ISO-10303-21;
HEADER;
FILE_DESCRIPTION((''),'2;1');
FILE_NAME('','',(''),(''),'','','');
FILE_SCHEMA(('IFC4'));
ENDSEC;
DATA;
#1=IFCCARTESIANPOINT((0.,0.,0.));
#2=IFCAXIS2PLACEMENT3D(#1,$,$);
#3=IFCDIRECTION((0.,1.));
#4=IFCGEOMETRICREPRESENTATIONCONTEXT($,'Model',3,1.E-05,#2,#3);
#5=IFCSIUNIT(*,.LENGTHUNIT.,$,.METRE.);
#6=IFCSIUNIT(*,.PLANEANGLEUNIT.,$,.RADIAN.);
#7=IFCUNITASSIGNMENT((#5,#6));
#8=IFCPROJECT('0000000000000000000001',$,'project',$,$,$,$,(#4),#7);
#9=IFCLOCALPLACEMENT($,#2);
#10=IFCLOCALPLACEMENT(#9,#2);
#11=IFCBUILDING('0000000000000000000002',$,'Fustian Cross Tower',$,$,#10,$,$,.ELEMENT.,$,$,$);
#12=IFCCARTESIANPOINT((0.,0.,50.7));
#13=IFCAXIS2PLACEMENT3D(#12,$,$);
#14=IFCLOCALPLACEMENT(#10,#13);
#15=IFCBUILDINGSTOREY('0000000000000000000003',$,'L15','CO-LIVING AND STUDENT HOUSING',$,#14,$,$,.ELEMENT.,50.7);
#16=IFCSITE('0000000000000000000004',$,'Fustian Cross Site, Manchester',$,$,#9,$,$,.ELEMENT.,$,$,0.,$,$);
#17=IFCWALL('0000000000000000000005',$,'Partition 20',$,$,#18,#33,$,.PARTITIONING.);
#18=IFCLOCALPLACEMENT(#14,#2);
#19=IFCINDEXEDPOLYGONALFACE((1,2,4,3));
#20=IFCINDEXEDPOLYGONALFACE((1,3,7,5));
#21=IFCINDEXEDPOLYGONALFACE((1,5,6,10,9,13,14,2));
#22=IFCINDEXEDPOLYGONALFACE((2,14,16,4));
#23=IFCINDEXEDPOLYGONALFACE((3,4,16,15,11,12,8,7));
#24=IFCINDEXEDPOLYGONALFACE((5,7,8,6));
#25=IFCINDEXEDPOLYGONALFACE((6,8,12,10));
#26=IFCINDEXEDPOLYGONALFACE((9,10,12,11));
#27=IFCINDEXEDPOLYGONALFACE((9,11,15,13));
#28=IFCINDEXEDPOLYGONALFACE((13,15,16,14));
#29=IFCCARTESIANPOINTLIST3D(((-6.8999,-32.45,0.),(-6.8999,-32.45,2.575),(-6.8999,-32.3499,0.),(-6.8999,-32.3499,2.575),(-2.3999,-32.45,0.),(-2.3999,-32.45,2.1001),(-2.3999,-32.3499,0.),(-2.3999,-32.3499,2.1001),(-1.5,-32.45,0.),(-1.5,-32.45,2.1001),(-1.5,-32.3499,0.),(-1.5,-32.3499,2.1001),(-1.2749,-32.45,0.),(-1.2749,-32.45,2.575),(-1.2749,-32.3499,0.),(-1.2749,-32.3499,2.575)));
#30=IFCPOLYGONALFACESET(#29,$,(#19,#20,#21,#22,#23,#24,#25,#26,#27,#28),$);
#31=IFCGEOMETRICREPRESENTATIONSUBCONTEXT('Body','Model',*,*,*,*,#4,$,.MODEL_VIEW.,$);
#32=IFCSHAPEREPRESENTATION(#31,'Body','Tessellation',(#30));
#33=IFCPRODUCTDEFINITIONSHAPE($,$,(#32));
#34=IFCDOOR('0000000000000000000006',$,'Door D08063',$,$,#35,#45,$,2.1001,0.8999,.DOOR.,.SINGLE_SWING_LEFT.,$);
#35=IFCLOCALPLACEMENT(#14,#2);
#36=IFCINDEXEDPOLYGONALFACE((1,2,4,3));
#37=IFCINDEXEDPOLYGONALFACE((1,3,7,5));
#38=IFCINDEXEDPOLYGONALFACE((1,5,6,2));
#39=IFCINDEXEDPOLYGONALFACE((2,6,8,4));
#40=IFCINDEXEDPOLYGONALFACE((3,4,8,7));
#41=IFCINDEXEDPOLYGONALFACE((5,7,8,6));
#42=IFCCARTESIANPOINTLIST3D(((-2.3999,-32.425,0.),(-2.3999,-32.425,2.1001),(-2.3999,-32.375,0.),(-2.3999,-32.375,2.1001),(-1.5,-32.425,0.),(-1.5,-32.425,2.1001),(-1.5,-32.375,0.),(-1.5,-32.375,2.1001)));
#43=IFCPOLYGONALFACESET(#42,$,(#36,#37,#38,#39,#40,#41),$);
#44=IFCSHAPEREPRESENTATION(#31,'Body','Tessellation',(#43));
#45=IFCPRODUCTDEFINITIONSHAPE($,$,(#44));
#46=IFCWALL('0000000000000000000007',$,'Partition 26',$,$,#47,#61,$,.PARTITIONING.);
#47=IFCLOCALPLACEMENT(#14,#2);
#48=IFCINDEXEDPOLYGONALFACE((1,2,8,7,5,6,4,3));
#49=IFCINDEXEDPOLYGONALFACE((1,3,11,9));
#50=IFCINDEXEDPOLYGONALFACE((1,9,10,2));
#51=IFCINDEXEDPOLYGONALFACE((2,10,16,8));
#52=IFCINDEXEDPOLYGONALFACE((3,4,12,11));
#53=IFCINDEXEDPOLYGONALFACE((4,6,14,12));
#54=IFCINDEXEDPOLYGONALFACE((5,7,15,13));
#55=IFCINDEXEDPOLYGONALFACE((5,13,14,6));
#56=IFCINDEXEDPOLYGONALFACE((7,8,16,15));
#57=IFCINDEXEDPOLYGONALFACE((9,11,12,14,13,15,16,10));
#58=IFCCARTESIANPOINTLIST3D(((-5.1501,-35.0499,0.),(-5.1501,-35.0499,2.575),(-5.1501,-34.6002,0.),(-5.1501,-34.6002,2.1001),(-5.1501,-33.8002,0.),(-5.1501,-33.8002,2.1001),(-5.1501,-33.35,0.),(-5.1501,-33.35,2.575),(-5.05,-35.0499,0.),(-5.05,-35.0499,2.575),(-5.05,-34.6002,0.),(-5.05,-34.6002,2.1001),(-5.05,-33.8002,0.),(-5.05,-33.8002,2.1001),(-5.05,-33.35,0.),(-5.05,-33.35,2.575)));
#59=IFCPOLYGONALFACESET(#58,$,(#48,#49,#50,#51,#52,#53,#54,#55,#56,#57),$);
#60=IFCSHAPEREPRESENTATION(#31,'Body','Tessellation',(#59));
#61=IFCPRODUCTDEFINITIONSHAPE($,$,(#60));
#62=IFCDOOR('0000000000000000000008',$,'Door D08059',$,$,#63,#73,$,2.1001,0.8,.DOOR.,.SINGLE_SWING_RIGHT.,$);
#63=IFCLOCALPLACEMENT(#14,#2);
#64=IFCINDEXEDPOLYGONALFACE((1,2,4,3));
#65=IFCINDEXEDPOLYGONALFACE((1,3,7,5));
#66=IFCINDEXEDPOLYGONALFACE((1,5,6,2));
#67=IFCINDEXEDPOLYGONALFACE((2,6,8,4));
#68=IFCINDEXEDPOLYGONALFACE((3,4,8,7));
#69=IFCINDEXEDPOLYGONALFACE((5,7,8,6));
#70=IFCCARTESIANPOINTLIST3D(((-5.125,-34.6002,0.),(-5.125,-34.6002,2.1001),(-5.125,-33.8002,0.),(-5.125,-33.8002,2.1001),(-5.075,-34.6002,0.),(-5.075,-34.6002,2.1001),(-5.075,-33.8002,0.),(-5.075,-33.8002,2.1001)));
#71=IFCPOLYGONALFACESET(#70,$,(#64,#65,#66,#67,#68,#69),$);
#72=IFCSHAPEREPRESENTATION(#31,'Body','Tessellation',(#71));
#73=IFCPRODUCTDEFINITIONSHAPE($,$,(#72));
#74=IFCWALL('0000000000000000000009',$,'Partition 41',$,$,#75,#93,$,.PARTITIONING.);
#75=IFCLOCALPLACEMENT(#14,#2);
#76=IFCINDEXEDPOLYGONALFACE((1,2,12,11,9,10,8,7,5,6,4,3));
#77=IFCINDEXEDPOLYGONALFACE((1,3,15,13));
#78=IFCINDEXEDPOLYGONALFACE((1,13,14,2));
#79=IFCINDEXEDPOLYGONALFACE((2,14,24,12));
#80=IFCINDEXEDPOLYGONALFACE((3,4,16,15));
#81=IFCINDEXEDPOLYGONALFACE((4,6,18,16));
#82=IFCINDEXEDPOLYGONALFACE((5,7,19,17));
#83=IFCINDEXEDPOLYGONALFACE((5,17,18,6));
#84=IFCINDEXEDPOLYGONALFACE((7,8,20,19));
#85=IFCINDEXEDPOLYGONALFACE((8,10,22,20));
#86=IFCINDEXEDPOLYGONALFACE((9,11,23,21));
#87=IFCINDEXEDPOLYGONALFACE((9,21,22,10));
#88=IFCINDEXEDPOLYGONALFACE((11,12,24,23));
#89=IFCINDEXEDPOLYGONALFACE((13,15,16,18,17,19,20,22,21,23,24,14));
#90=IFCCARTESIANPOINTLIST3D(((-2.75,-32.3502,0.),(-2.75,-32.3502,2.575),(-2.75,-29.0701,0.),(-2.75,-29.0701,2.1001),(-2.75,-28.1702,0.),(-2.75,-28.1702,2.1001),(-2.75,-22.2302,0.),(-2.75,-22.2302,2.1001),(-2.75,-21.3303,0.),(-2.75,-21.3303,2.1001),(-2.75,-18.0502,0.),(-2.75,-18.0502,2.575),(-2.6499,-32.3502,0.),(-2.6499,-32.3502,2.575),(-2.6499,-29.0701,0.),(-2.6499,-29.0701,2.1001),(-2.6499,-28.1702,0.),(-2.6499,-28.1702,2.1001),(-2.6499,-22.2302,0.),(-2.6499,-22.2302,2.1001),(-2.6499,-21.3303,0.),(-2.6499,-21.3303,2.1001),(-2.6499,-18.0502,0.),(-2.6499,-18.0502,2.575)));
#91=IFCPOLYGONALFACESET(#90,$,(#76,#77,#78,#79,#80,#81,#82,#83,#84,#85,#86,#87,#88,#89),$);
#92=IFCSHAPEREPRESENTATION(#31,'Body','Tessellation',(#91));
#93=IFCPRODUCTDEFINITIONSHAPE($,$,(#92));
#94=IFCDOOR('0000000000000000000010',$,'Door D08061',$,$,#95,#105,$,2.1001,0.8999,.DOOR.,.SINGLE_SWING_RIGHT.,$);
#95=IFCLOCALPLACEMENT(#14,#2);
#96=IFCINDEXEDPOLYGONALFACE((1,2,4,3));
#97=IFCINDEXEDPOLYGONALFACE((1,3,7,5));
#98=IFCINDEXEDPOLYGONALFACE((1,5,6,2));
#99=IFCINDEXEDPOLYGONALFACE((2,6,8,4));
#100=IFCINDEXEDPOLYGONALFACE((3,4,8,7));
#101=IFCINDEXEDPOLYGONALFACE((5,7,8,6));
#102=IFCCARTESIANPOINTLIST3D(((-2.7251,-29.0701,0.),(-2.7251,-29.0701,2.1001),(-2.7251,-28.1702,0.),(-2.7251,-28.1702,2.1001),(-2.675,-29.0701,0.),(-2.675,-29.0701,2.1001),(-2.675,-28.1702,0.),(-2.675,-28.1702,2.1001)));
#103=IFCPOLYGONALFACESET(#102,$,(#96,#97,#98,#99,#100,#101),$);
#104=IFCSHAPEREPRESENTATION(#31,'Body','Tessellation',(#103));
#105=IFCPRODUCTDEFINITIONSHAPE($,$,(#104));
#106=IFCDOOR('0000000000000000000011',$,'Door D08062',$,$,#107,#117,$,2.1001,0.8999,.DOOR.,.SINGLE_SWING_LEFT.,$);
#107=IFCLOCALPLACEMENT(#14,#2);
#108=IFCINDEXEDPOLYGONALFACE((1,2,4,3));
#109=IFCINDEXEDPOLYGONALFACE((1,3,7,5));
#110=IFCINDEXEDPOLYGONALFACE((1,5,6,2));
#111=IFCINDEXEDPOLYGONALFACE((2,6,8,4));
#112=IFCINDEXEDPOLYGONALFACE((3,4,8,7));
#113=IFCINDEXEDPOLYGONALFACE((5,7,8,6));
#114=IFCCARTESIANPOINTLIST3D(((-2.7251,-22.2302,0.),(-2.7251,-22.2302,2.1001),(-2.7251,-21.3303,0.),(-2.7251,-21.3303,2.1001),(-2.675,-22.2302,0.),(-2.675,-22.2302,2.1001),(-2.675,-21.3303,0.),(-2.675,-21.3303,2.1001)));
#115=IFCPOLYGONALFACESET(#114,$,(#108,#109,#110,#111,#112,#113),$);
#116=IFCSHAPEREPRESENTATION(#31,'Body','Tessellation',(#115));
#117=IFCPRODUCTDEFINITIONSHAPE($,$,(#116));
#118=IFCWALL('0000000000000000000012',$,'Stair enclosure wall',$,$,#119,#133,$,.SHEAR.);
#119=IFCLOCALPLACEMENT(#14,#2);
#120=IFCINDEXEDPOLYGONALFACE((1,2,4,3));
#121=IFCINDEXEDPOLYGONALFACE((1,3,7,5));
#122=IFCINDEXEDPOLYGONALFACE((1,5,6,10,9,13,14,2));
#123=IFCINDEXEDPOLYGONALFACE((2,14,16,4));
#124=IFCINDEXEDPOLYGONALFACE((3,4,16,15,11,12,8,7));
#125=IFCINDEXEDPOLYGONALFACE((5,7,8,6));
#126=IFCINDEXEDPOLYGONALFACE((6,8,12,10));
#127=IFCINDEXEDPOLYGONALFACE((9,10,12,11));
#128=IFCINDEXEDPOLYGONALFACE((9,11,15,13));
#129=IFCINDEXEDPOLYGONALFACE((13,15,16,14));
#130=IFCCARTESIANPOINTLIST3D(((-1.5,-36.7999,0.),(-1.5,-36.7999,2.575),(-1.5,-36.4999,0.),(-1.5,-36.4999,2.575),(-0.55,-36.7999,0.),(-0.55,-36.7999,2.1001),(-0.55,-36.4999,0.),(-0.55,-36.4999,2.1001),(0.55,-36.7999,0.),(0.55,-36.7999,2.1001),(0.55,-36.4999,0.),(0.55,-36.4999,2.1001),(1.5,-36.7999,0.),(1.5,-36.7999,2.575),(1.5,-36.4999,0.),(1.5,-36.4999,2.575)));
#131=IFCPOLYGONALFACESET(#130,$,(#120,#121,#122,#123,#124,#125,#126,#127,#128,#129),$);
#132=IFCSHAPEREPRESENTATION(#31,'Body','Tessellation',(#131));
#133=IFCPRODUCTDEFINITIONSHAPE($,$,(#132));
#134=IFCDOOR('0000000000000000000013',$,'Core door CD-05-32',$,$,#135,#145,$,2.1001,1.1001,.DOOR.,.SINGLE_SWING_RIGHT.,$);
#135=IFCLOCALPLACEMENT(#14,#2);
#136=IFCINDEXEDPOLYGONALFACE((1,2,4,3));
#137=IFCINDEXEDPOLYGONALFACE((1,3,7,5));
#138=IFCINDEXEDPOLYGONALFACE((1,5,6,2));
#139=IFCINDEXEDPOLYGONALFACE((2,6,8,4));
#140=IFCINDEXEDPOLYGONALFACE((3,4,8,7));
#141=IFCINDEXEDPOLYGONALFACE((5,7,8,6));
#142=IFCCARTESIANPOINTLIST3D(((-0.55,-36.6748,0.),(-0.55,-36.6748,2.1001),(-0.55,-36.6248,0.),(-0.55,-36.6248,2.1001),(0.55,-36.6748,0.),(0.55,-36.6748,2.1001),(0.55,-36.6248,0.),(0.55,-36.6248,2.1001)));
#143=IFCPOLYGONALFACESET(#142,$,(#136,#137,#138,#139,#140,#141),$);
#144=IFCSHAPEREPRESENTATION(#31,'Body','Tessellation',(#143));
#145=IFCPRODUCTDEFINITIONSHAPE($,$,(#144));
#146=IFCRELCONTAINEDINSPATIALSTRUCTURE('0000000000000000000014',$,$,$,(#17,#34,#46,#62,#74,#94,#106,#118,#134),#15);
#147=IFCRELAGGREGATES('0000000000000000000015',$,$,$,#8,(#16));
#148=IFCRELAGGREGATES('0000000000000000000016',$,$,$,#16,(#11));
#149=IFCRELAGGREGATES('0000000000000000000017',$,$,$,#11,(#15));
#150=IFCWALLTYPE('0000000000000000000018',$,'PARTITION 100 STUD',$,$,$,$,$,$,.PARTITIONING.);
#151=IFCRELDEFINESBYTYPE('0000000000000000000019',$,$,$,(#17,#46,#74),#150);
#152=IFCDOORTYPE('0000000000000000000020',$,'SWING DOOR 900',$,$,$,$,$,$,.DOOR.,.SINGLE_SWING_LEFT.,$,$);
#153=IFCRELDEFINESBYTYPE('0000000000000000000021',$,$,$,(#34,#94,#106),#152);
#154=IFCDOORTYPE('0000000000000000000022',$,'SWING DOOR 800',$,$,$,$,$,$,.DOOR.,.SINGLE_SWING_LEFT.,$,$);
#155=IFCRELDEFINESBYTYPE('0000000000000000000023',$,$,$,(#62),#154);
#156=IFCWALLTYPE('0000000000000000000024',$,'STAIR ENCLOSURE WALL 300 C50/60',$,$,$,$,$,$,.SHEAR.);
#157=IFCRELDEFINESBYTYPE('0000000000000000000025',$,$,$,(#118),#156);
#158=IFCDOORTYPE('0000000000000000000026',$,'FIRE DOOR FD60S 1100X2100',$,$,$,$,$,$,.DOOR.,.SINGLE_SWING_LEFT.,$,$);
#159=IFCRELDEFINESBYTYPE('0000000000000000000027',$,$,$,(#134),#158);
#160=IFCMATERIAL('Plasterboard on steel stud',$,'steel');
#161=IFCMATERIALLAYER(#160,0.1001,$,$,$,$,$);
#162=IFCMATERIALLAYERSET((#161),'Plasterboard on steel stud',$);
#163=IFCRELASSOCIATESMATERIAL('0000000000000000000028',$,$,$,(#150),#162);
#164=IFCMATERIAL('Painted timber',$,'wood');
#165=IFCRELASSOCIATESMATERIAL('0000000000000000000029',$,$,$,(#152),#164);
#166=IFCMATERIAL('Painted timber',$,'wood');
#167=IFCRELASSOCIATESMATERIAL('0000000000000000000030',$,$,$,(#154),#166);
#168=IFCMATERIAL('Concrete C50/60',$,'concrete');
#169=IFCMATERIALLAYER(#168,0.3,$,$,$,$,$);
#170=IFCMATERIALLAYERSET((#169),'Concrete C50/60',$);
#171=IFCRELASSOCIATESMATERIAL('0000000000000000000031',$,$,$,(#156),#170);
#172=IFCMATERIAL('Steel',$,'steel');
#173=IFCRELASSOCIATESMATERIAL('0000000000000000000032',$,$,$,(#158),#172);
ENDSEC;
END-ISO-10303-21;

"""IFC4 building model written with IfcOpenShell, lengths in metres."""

from ifc_helpers import new_model, si_unit, direction, frame, frame_2d, origin, place, context, subcontext, project, spatial, rectangle, extrude, material, layer, layer_set, type_object, element, fill, save


model = new_model("IFC4")

# Units and contexts
model_context = context("Model", 3, precision=1e-05, world=origin(), true_north=direction((0.0, 1.0)))
body_context = subcontext(model_context, "Body", "Model", "MODEL_VIEW")
ifc_project = project(units=[si_unit("LENGTHUNIT", "METRE"), si_unit("PLANEANGLEUNIT", "RADIAN")], contexts=[model_context])

# Site, building, storey
site_placement = place(None, origin())
site = spatial("IfcSite", under=ifc_project, at=site_placement, Name="Fustian Cross Site, Manchester", CompositionType="ELEMENT", RefElevation=0.0)
building_placement = place(site_placement, origin())
building = spatial("IfcBuilding", under=site, at=building_placement, Name="Fustian Cross Tower", CompositionType="ELEMENT")
storey_placement = place(building_placement, frame((0.0, 0.0, 50.7)))
storey = spatial("IfcBuildingStorey", under=building, at=storey_placement, Name="L15", Description="CO-LIVING AND STUDENT HOUSING", CompositionType="ELEMENT", Elevation=50.7)

# Shared definitions
ifc_material_1 = material(Name="Plasterboard on steel stud", Category="steel")
ifc_layer_1 = layer(ifc_material_1, 0.1001)
ifc_layer_set_1 = layer_set([ifc_layer_1], Name="Plasterboard on steel stud")
wall_type_1 = type_object("IfcWallType", Name="PARTITION 100 STUD", PredefinedType="PARTITIONING", material=ifc_layer_set_1)

# Walls, openings, doors
wall_1_placement = place(storey_placement, frame((-6.8999, -32.3999, 0.0), z_axis=(0.0, 0.0, 1.0), x_axis=(1.0, 0.0, 0.0)))
wall_1 = element("IfcWall", 1, at=wall_1_placement, inside=storey, type_object=wall_type_1, Name="Partition 20", PredefinedType="PARTITIONING", context=body_context, shape_type="SweptSolid", body=[
    extrude(rectangle(XDim=5.625, YDim=0.1001, at=frame_2d((2.8125, 0.0))), origin(), (0.0, 0.0, 1.0), 2.575),
])
opening_1_placement = place(wall_1_placement, frame((4.5, 0.0, 0.0)))
opening_1 = element("IfcOpeningElement", 2, at=opening_1_placement, cuts=wall_1, PredefinedType="OPENING", context=body_context, shape_type="SweptSolid", body=[
    extrude(rectangle(XDim=0.8999, YDim=2.1001, at=frame_2d((0.45, 1.05))), frame((0.0, 0.0601, 0.0), z_axis=(0.0, -1.0, 0.0), x_axis=(1.0, 0.0, 0.0)), (0.0, 0.0, 1.0), 0.1201),
])
ifc_material_2 = material(Name="Painted timber", Category="wood")
door_type_1 = type_object("IfcDoorType", Name="SWING DOOR 900", OperationType="SINGLE_SWING_LEFT", PredefinedType="DOOR", material=ifc_material_2)
door_1_placement = place(opening_1_placement, origin())
door_1 = element("IfcDoor", 3, at=door_1_placement, inside=storey, type_object=door_type_1, Name="Door D08063", OperationType="SINGLE_SWING_LEFT", OverallHeight=2.1001, OverallWidth=0.8999, PredefinedType="DOOR", context=body_context, shape_type="SweptSolid", body=[
    extrude(rectangle(XDim=0.8999, YDim=2.1001, at=frame_2d((0.45, 1.05))), frame((0.0, 0.0249, 0.0), z_axis=(0.0, -1.0, 0.0), x_axis=(1.0, 0.0, 0.0)), (0.0, 0.0, 1.0), 0.05),
])
fill(opening_1, door_1)
wall_2_placement = place(storey_placement, frame((-5.1001, -35.05, 0.0), z_axis=(0.0, 0.0, 1.0), x_axis=(0.0, 1.0, 0.0)))
wall_2 = element("IfcWall", 4, at=wall_2_placement, inside=storey, type_object=wall_type_1, Name="Partition 26", PredefinedType="PARTITIONING", context=body_context, shape_type="SweptSolid", body=[
    extrude(rectangle(XDim=1.7, YDim=0.1001, at=frame_2d((0.8501, 0.0))), origin(), (0.0, 0.0, 1.0), 2.575),
])
opening_2_placement = place(wall_2_placement, frame((0.45, 0.0, 0.0)))
opening_2 = element("IfcOpeningElement", 5, at=opening_2_placement, cuts=wall_2, PredefinedType="OPENING", context=body_context, shape_type="SweptSolid", body=[
    extrude(rectangle(XDim=0.8, YDim=2.1001, at=frame_2d((0.3999, 1.05))), frame((0.0, 0.0601, 0.0), z_axis=(0.0, -1.0, 0.0), x_axis=(1.0, 0.0, 0.0)), (0.0, 0.0, 1.0), 0.1201),
])
ifc_material_3 = material(Name="Painted timber", Category="wood")
door_type_2 = type_object("IfcDoorType", Name="SWING DOOR 800", OperationType="SINGLE_SWING_LEFT", PredefinedType="DOOR", material=ifc_material_3)
door_2_placement = place(opening_2_placement, origin())
door_2 = element("IfcDoor", 6, at=door_2_placement, inside=storey, type_object=door_type_2, Name="Door D08059", OperationType="SINGLE_SWING_RIGHT", OverallHeight=2.1001, OverallWidth=0.8, PredefinedType="DOOR", context=body_context, shape_type="SweptSolid", body=[
    extrude(rectangle(XDim=0.8, YDim=2.1001, at=frame_2d((0.3999, 1.05))), frame((0.0, 0.0249, 0.0), z_axis=(0.0, -1.0, 0.0), x_axis=(1.0, 0.0, 0.0)), (0.0, 0.0, 1.0), 0.05),
])
fill(opening_2, door_2)

# Wall, openings, doors
wall_3_placement = place(storey_placement, frame((-2.7, -32.3501, 0.0), z_axis=(0.0, 0.0, 1.0), x_axis=(0.0, 1.0, 0.0)))
wall_3 = element("IfcWall", 7, at=wall_3_placement, inside=storey, type_object=wall_type_1, Name="Partition 41", PredefinedType="PARTITIONING", context=body_context, shape_type="SweptSolid", body=[
    extrude(rectangle(XDim=14.3, YDim=0.1001, at=frame_2d((7.1499, 0.0))), origin(), (0.0, 0.0, 1.0), 2.575),
])
opening_3_placement = place(wall_3_placement, frame((3.28, 0.0, 0.0)))
opening_3 = element("IfcOpeningElement", 8, at=opening_3_placement, cuts=wall_3, PredefinedType="OPENING", context=body_context, shape_type="SweptSolid", body=[
    extrude(rectangle(XDim=0.8999, YDim=2.1001, at=frame_2d((0.45, 1.05))), frame((0.0, 0.0601, 0.0), z_axis=(0.0, -1.0, 0.0), x_axis=(1.0, 0.0, 0.0)), (0.0, 0.0, 1.0), 0.1201),
])
opening_4_placement = place(wall_3_placement, frame((10.1199, 0.0, 0.0)))
opening_4 = element("IfcOpeningElement", 9, at=opening_4_placement, cuts=wall_3, PredefinedType="OPENING", context=body_context, shape_type="SweptSolid", body=[
    extrude(rectangle(XDim=0.8999, YDim=2.1001, at=frame_2d((0.45, 1.05))), frame((0.0, 0.0601, 0.0), z_axis=(0.0, -1.0, 0.0), x_axis=(1.0, 0.0, 0.0)), (0.0, 0.0, 1.0), 0.1201),
])
door_3_placement = place(opening_3_placement, frame((0.8999, 0.0, 0.0), z_axis=(0.0, 0.0, 1.0), x_axis=(-1.0, 0.0, 0.0)))
door_3 = element("IfcDoor", 10, at=door_3_placement, inside=storey, type_object=door_type_1, Name="Door D08061", OperationType="SINGLE_SWING_RIGHT", OverallHeight=2.1001, OverallWidth=0.8999, PredefinedType="DOOR", context=body_context, shape_type="SweptSolid", body=[
    extrude(rectangle(XDim=0.8999, YDim=2.1001, at=frame_2d((0.45, 1.05))), frame((0.0, 0.0249, 0.0), z_axis=(0.0, -1.0, 0.0), x_axis=(1.0, 0.0, 0.0)), (0.0, 0.0, 1.0), 0.05),
])
fill(opening_3, door_3)
door_4_placement = place(opening_4_placement, frame((0.8999, 0.0, 0.0), z_axis=(0.0, 0.0, 1.0), x_axis=(-1.0, 0.0, 0.0)))
door_4 = element("IfcDoor", 11, at=door_4_placement, inside=storey, type_object=door_type_1, Name="Door D08062", OperationType="SINGLE_SWING_LEFT", OverallHeight=2.1001, OverallWidth=0.8999, PredefinedType="DOOR", context=body_context, shape_type="SweptSolid", body=[
    extrude(rectangle(XDim=0.8999, YDim=2.1001, at=frame_2d((0.45, 1.05))), frame((0.0, 0.0249, 0.0), z_axis=(0.0, -1.0, 0.0), x_axis=(1.0, 0.0, 0.0)), (0.0, 0.0, 1.0), 0.05),
])
fill(opening_4, door_4)

# Wall, opening, door
ifc_material_4 = material(Name="Concrete C50/60", Category="concrete")
ifc_layer_2 = layer(ifc_material_4, 0.3)
ifc_layer_set_2 = layer_set([ifc_layer_2], Name="Concrete C50/60")
wall_type_2 = type_object("IfcWallType", Name="STAIR ENCLOSURE WALL 300 C50/60", PredefinedType="SHEAR", material=ifc_layer_set_2)
wall_4_placement = place(storey_placement, frame((-1.5, -36.6499, 0.0), z_axis=(0.0, 0.0, 1.0), x_axis=(1.0, 0.0, 0.0)))
wall_4 = element("IfcWall", 12, at=wall_4_placement, inside=storey, type_object=wall_type_2, Name="Stair enclosure wall", PredefinedType="SHEAR", context=body_context, shape_type="SweptSolid", body=[
    extrude(rectangle(XDim=3.0, YDim=0.3, at=frame_2d((1.5, 0.0))), origin(), (0.0, 0.0, 1.0), 2.575),
])
opening_5_placement = place(wall_4_placement, frame((0.95, 0.0, 0.0)))
opening_5 = element("IfcOpeningElement", 13, at=opening_5_placement, cuts=wall_4, PredefinedType="OPENING", context=body_context, shape_type="SweptSolid", body=[
    extrude(rectangle(XDim=1.1001, YDim=2.1001, at=frame_2d((0.55, 1.05))), frame((0.0, 0.1599, 0.0), z_axis=(0.0, -1.0, 0.0), x_axis=(1.0, 0.0, 0.0)), (0.0, 0.0, 1.0), 0.3201),
])
ifc_material_5 = material(Name="Steel", Category="steel")
door_type_3 = type_object("IfcDoorType", Name="FIRE DOOR FD60S 1100X2100", OperationType="SINGLE_SWING_LEFT", PredefinedType="DOOR", material=ifc_material_5)
door_5_placement = place(opening_5_placement, frame((1.1001, 0.0, 0.0), z_axis=(0.0, 0.0, 1.0), x_axis=(-1.0, 0.0, 0.0)))
door_5 = element("IfcDoor", 14, at=door_5_placement, inside=storey, type_object=door_type_3, Name="Core door CD-05-32", OperationType="SINGLE_SWING_RIGHT", OverallHeight=2.1001, OverallWidth=1.1001, PredefinedType="DOOR", context=body_context, shape_type="SweptSolid", body=[
    extrude(rectangle(XDim=1.1001, YDim=2.1001, at=frame_2d((0.55, 1.05))), frame((0.0, 0.0249, 0.0), z_axis=(0.0, -1.0, 0.0), x_axis=(1.0, 0.0, 0.0)), (0.0, 0.0, 1.0), 0.05),
])
fill(opening_5, door_5)

save(model, "model.ifc")
